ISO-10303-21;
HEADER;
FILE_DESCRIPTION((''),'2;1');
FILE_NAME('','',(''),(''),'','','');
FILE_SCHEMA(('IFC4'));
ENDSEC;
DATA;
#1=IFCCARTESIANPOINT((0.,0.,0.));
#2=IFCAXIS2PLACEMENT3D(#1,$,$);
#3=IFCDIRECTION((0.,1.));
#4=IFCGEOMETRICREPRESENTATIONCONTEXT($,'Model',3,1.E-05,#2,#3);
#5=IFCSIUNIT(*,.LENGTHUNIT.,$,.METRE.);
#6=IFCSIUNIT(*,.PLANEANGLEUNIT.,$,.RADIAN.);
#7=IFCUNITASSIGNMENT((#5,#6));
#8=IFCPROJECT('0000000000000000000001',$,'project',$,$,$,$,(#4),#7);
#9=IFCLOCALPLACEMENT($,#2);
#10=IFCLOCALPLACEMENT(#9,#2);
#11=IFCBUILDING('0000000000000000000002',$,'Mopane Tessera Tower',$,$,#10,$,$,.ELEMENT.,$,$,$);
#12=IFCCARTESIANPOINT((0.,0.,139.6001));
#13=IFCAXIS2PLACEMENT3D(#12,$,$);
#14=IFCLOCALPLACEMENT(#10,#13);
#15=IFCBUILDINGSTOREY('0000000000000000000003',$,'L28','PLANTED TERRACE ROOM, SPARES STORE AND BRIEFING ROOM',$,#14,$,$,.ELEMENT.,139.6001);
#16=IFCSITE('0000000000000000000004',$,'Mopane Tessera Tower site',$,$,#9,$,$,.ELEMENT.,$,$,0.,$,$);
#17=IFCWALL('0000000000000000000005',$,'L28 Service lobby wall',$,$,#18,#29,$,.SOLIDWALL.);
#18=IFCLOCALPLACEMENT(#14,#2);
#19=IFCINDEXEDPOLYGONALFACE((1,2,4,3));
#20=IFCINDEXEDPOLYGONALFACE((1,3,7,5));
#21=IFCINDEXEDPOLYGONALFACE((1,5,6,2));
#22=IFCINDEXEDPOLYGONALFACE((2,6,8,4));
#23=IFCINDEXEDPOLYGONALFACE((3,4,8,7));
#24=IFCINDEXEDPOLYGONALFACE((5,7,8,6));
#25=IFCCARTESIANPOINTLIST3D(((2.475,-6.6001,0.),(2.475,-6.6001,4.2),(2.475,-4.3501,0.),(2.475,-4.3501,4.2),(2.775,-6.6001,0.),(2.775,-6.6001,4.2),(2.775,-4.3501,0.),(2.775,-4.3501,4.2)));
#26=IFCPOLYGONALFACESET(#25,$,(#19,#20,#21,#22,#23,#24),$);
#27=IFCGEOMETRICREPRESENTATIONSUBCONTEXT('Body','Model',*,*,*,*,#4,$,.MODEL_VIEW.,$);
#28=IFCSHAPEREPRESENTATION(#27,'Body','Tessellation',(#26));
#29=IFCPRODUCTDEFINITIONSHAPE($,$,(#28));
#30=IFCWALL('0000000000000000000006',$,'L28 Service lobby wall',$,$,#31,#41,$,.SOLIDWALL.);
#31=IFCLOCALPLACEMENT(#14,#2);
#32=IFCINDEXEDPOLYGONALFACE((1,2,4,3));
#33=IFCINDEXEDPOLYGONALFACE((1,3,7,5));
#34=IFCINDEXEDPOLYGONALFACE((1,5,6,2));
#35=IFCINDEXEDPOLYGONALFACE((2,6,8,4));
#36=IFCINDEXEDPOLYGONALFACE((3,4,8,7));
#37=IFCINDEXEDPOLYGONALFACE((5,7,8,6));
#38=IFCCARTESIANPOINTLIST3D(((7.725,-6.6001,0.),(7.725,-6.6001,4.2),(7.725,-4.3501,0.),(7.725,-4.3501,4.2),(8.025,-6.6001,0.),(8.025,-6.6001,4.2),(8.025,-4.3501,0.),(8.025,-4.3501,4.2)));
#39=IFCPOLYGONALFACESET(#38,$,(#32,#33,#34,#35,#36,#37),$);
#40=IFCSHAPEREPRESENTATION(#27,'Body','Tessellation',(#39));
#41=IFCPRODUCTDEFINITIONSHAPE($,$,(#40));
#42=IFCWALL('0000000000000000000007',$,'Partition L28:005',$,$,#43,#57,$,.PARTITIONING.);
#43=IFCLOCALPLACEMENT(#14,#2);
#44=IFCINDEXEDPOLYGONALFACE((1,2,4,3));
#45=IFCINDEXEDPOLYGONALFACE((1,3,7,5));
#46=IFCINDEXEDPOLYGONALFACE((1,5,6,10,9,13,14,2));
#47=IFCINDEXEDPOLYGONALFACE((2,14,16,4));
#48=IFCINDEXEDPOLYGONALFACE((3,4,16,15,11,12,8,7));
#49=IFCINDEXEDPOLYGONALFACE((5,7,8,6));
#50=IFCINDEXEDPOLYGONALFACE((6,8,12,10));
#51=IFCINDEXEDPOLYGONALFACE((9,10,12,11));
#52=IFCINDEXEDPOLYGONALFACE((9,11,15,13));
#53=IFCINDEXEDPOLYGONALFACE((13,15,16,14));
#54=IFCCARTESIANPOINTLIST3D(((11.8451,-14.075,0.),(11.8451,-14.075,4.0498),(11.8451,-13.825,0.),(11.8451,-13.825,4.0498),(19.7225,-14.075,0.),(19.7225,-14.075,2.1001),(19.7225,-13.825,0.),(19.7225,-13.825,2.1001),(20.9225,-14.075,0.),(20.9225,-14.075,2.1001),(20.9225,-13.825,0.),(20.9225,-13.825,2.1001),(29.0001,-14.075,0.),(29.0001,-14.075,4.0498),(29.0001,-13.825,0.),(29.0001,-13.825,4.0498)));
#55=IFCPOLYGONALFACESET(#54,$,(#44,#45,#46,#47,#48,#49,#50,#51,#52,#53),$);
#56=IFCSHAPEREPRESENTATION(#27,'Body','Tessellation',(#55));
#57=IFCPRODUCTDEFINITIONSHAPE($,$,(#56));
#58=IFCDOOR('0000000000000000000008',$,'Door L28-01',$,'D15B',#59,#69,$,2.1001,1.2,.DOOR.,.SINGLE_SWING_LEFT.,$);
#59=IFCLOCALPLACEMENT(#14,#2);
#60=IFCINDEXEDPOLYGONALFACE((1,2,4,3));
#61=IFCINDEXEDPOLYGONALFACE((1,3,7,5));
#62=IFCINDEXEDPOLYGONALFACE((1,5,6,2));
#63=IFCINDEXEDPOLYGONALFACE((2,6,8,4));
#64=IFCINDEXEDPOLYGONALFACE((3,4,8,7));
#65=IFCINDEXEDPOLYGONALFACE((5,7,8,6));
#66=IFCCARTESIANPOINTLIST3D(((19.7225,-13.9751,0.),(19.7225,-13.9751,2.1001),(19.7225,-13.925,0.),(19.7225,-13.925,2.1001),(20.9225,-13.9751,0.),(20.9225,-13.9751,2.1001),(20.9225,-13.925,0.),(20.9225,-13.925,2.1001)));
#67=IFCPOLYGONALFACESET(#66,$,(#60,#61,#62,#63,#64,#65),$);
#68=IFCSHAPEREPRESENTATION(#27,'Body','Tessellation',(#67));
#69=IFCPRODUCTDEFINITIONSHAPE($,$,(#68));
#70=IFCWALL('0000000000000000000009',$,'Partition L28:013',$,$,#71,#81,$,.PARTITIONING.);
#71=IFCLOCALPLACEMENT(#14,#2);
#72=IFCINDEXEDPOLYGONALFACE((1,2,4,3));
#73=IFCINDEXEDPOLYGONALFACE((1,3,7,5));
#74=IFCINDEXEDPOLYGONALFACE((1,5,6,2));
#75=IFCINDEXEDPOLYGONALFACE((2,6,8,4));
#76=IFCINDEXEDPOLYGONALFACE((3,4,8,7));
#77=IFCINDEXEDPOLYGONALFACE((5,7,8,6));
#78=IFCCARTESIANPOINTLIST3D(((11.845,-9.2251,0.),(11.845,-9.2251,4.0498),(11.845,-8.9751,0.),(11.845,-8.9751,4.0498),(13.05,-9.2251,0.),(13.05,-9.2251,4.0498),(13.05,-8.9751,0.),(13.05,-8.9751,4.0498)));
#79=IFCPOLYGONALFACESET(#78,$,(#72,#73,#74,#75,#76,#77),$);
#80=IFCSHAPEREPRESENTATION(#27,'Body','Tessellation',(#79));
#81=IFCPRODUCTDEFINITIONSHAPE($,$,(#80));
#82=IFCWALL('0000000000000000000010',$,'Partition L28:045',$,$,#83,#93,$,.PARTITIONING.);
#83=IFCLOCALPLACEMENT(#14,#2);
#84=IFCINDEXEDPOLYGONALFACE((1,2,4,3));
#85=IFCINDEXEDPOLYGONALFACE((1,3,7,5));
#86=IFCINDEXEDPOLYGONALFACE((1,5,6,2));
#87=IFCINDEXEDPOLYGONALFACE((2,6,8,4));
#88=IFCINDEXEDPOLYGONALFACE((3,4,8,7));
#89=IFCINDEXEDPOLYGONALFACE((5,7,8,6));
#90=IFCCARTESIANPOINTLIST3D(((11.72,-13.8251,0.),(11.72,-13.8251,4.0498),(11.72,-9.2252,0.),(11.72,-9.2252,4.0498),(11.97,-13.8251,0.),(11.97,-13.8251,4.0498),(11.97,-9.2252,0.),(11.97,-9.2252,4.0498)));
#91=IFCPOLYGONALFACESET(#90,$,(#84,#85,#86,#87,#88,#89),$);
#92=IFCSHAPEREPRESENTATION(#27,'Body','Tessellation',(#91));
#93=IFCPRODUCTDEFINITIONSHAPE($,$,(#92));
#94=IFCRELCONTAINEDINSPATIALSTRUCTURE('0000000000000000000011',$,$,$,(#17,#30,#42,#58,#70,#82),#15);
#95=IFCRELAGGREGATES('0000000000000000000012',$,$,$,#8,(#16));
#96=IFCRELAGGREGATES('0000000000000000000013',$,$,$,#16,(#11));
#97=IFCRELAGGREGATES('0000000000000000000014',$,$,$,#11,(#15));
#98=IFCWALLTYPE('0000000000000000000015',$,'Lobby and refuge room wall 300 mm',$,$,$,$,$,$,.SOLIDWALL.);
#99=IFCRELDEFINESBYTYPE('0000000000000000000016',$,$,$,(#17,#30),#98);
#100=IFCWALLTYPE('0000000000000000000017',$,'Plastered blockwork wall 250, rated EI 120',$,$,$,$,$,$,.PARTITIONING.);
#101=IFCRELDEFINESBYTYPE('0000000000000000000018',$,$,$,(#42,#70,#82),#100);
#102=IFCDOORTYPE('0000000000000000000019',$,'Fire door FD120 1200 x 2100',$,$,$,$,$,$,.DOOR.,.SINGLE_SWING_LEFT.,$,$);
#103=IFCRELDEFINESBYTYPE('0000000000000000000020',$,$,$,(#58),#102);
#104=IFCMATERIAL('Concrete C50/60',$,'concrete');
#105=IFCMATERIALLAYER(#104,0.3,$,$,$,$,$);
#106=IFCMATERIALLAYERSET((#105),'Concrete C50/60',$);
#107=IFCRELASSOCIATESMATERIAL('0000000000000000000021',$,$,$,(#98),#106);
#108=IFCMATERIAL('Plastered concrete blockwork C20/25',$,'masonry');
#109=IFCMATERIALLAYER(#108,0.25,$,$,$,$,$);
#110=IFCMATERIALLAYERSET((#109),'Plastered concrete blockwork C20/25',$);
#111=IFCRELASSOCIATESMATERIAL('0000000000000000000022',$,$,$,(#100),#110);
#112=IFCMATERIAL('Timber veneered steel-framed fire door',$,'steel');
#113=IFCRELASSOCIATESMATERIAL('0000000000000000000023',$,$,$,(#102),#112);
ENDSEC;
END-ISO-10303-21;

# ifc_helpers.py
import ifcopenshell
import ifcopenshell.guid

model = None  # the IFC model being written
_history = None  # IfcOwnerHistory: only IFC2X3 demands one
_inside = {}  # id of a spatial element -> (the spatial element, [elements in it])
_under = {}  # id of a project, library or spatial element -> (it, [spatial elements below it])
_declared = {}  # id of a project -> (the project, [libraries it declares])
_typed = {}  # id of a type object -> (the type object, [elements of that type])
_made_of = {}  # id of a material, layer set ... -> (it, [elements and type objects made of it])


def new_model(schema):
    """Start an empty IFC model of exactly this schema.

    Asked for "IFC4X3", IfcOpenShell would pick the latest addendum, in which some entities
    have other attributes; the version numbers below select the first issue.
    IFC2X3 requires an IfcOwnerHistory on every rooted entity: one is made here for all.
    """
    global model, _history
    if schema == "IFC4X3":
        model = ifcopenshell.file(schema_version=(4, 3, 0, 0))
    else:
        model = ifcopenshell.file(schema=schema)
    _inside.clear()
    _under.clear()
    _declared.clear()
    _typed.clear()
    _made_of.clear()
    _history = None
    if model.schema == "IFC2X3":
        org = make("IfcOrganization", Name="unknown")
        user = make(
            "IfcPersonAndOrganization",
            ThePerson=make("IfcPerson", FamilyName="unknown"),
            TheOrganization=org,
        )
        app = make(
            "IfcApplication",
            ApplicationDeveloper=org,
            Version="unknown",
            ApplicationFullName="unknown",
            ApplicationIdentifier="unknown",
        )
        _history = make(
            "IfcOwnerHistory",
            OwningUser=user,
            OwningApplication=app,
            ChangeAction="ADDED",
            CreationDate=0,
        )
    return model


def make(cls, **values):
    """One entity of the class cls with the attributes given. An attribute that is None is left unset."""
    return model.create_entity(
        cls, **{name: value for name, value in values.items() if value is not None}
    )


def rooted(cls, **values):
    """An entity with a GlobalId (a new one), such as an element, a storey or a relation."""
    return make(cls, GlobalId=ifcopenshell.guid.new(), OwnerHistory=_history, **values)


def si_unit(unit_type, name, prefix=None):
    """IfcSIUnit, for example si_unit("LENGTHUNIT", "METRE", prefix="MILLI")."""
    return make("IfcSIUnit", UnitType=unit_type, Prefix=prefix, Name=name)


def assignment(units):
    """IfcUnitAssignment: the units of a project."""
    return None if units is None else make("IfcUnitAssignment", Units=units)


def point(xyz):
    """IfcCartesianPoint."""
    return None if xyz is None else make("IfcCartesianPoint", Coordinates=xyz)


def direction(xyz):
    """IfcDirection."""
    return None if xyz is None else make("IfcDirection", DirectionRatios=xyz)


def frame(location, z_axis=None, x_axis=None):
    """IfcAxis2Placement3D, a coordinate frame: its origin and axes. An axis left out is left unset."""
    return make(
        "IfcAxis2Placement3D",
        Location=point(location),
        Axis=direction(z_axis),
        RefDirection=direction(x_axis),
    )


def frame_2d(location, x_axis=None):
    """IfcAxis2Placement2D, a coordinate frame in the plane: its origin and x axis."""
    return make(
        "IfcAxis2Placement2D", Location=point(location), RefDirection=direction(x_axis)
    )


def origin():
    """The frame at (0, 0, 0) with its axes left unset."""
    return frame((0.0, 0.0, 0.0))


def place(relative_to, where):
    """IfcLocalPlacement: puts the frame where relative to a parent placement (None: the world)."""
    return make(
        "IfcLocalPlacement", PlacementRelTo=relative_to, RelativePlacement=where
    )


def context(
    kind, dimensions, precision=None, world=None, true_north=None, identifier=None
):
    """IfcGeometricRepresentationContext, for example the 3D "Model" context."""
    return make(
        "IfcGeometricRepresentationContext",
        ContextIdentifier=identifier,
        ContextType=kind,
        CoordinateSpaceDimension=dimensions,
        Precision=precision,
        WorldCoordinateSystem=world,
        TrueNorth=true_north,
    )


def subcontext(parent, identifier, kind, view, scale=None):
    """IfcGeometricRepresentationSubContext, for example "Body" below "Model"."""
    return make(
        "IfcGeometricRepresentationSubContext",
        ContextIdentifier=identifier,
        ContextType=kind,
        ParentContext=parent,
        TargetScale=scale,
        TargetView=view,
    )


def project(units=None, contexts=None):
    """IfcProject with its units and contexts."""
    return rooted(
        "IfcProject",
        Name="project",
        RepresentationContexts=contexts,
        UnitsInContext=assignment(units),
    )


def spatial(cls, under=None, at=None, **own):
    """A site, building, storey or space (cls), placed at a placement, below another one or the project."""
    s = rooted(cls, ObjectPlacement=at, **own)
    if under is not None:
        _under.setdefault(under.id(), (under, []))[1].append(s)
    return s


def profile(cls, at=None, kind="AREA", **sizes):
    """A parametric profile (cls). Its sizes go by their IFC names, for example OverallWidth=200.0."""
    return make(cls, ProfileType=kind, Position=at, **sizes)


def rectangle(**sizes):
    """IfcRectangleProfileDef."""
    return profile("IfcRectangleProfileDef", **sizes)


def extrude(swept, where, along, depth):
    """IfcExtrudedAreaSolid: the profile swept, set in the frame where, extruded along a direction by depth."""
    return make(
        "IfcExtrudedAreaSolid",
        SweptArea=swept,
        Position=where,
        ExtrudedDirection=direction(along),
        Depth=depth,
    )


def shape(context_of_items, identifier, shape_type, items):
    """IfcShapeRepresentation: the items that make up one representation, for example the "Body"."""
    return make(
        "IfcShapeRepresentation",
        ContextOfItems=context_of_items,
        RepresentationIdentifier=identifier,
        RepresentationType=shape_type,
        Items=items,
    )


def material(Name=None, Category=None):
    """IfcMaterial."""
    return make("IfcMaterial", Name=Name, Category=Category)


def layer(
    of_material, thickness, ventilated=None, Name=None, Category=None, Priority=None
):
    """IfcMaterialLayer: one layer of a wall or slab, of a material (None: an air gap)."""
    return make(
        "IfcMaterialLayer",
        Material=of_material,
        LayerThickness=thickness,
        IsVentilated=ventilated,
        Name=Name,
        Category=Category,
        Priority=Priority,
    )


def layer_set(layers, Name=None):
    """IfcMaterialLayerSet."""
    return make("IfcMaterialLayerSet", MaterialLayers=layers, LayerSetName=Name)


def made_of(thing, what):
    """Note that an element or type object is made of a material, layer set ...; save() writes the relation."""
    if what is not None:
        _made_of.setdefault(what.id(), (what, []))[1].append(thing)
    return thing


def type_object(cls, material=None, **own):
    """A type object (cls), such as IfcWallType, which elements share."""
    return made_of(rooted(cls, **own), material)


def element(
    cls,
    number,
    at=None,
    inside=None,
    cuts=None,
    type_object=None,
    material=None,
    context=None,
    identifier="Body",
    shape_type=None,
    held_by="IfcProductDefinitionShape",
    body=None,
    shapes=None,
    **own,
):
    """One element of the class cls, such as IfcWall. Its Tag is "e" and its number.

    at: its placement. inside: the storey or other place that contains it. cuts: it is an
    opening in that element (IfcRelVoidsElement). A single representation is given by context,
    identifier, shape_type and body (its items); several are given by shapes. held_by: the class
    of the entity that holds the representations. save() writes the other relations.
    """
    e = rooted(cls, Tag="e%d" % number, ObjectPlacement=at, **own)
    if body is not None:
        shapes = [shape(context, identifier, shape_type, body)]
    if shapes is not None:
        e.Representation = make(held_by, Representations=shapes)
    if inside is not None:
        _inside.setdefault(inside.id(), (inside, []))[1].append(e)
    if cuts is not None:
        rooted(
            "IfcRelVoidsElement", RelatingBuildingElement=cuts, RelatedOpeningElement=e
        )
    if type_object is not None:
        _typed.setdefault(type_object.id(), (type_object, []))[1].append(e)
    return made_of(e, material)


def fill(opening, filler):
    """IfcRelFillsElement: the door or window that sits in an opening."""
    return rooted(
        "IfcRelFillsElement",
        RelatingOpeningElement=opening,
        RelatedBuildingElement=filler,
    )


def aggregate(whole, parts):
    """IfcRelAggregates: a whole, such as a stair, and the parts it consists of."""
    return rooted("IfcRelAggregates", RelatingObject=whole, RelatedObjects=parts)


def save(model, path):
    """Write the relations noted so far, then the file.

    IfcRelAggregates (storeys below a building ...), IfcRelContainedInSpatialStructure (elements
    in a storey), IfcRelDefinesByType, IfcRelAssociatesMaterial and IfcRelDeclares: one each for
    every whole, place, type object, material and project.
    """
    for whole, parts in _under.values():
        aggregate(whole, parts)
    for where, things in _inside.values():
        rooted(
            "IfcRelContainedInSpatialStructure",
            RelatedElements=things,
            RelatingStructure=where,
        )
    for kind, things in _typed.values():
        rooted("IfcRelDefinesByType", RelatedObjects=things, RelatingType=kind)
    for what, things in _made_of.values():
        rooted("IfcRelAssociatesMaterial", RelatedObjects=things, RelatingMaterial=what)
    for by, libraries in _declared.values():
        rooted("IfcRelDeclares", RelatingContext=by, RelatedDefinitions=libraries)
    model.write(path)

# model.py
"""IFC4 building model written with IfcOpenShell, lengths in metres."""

from ifc_helpers import new_model, si_unit, direction, frame, frame_2d, origin, place, context, subcontext, project, spatial, rectangle, extrude, material, layer, layer_set, type_object, element, fill, save


model = new_model("IFC4")

# Units and contexts
model_context = context("Model", 3, precision=1e-05, world=origin(), true_north=direction((0.0, 1.0)))
body_context = subcontext(model_context, "Body", "Model", "MODEL_VIEW")
ifc_project = project(units=[si_unit("LENGTHUNIT", "METRE"), si_unit("PLANEANGLEUNIT", "RADIAN")], contexts=[model_context])

# Site, building, storey
site_placement = place(None, origin())
site = spatial("IfcSite", under=ifc_project, at=site_placement, Name="Mopane Tessera Tower site", CompositionType="ELEMENT", RefElevation=0.0)
building_placement = place(site_placement, origin())
building = spatial("IfcBuilding", under=site, at=building_placement, Name="Mopane Tessera Tower", CompositionType="ELEMENT")
storey_placement = place(building_placement, frame((0.0, 0.0, 139.6001)))
storey = spatial("IfcBuildingStorey", under=building, at=storey_placement, Name="L28", Description="PLANTED TERRACE ROOM, SPARES STORE AND BRIEFING ROOM", CompositionType="ELEMENT", Elevation=139.6001)

# Walls
ifc_material_1 = material(Name="Concrete C50/60", Category="concrete")
ifc_layer_1 = layer(ifc_material_1, 0.3)
ifc_layer_set_1 = layer_set([ifc_layer_1], Name="Concrete C50/60")
wall_type_1 = type_object("IfcWallType", Name="Lobby and refuge room wall 300 mm", PredefinedType="SOLIDWALL", material=ifc_layer_set_1)
for number, where, z_axis, x_axis, name in (
    (1, (2.625, -6.6001, 0.0), (0.0, 0.0, 1.0), (0.0, 1.0, 0.0), "L28 Service lobby wall"),
    (2, (7.875, -6.6001, 0.0), (0.0, 0.0, 1.0), (0.0, 1.0, 0.0), "L28 Service lobby wall"),
):
    element("IfcWall", number, at=place(storey_placement, frame(where, z_axis=z_axis, x_axis=x_axis)), inside=storey, type_object=wall_type_1, Name=name, PredefinedType="SOLIDWALL", context=body_context, shape_type="SweptSolid", body=[
        extrude(rectangle(XDim=2.25, YDim=0.3, at=frame_2d((1.125, 0.0))), origin(), (0.0, 0.0, 1.0), 4.2),
    ])

# Wall, opening, door
ifc_material_2 = material(Name="Plastered concrete blockwork C20/25", Category="masonry")
ifc_layer_2 = layer(ifc_material_2, 0.25)
ifc_layer_set_2 = layer_set([ifc_layer_2], Name="Plastered concrete blockwork C20/25")
wall_type_2 = type_object("IfcWallType", Name="Plastered blockwork wall 250, rated EI 120", PredefinedType="PARTITIONING", material=ifc_layer_set_2)
wall_1_placement = place(storey_placement, frame((11.845, -13.95, 0.0), z_axis=(0.0, 0.0, 1.0), x_axis=(1.0, 0.0, 0.0)))
wall_1 = element("IfcWall", 3, at=wall_1_placement, inside=storey, type_object=wall_type_2, Name="Partition L28:005", PredefinedType="PARTITIONING", context=body_context, shape_type="SweptSolid", body=[
    extrude(rectangle(XDim=17.155, YDim=0.25, at=frame_2d((8.5776, 0.0))), origin(), (0.0, 0.0, 1.0), 4.0498),
])
opening_placement = place(wall_1_placement, frame((7.8774, 0.0, 0.0)))
opening = element("IfcOpeningElement", 4, at=opening_placement, cuts=wall_1, PredefinedType="OPENING", context=body_context, shape_type="SweptSolid", body=[
    extrude(rectangle(XDim=1.2, YDim=2.1001, at=frame_2d((0.6001, 1.05))), frame((0.0, 0.137, 0.0), z_axis=(0.0, -1.0, 0.0), x_axis=(1.0, 0.0, 0.0)), (0.0, 0.0, 1.0), 0.2739),
])
ifc_material_3 = material(Name="Timber veneered steel-framed fire door", Category="steel")
door_type = type_object("IfcDoorType", Name="Fire door FD120 1200 x 2100", OperationType="SINGLE_SWING_LEFT", PredefinedType="DOOR", material=ifc_material_3)
door_placement = place(opening_placement, origin())
door = element("IfcDoor", 5, at=door_placement, inside=storey, type_object=door_type, Name="Door L28-01", ObjectType="D15B", OperationType="SINGLE_SWING_LEFT", OverallHeight=2.1001, OverallWidth=1.2, PredefinedType="DOOR", context=body_context, shape_type="SweptSolid", body=[
    extrude(rectangle(XDim=1.2, YDim=2.1001, at=frame_2d((0.6001, 1.05))), frame((0.0, 0.0249, 0.0), z_axis=(0.0, -1.0, 0.0), x_axis=(1.0, 0.0, 0.0)), (0.0, 0.0, 1.0), 0.05),
])
fill(opening, door)

# Walls
wall_2_placement = place(storey_placement, frame((11.845, -9.1001, 0.0), z_axis=(0.0, 0.0, 1.0), x_axis=(1.0, 0.0, 0.0)))
element("IfcWall", 6, at=wall_2_placement, inside=storey, type_object=wall_type_2, Name="Partition L28:013", PredefinedType="PARTITIONING", context=body_context, shape_type="SweptSolid", body=[
    extrude(rectangle(XDim=1.2051, YDim=0.25, at=frame_2d((0.6025, 0.0))), origin(), (0.0, 0.0, 1.0), 4.0498),
])
wall_3_placement = place(storey_placement, frame((11.845, -13.825, 0.0), z_axis=(0.0, 0.0, 1.0), x_axis=(0.0, 1.0, 0.0)))
element("IfcWall", 7, at=wall_3_placement, inside=storey, type_object=wall_type_2, Name="Partition L28:045", PredefinedType="PARTITIONING", context=body_context, shape_type="SweptSolid", body=[
    extrude(rectangle(XDim=4.5999, YDim=0.25, at=frame_2d((2.2998, 0.0))), origin(), (0.0, 0.0, 1.0), 4.0498),
])

save(model, "model.ifc")
